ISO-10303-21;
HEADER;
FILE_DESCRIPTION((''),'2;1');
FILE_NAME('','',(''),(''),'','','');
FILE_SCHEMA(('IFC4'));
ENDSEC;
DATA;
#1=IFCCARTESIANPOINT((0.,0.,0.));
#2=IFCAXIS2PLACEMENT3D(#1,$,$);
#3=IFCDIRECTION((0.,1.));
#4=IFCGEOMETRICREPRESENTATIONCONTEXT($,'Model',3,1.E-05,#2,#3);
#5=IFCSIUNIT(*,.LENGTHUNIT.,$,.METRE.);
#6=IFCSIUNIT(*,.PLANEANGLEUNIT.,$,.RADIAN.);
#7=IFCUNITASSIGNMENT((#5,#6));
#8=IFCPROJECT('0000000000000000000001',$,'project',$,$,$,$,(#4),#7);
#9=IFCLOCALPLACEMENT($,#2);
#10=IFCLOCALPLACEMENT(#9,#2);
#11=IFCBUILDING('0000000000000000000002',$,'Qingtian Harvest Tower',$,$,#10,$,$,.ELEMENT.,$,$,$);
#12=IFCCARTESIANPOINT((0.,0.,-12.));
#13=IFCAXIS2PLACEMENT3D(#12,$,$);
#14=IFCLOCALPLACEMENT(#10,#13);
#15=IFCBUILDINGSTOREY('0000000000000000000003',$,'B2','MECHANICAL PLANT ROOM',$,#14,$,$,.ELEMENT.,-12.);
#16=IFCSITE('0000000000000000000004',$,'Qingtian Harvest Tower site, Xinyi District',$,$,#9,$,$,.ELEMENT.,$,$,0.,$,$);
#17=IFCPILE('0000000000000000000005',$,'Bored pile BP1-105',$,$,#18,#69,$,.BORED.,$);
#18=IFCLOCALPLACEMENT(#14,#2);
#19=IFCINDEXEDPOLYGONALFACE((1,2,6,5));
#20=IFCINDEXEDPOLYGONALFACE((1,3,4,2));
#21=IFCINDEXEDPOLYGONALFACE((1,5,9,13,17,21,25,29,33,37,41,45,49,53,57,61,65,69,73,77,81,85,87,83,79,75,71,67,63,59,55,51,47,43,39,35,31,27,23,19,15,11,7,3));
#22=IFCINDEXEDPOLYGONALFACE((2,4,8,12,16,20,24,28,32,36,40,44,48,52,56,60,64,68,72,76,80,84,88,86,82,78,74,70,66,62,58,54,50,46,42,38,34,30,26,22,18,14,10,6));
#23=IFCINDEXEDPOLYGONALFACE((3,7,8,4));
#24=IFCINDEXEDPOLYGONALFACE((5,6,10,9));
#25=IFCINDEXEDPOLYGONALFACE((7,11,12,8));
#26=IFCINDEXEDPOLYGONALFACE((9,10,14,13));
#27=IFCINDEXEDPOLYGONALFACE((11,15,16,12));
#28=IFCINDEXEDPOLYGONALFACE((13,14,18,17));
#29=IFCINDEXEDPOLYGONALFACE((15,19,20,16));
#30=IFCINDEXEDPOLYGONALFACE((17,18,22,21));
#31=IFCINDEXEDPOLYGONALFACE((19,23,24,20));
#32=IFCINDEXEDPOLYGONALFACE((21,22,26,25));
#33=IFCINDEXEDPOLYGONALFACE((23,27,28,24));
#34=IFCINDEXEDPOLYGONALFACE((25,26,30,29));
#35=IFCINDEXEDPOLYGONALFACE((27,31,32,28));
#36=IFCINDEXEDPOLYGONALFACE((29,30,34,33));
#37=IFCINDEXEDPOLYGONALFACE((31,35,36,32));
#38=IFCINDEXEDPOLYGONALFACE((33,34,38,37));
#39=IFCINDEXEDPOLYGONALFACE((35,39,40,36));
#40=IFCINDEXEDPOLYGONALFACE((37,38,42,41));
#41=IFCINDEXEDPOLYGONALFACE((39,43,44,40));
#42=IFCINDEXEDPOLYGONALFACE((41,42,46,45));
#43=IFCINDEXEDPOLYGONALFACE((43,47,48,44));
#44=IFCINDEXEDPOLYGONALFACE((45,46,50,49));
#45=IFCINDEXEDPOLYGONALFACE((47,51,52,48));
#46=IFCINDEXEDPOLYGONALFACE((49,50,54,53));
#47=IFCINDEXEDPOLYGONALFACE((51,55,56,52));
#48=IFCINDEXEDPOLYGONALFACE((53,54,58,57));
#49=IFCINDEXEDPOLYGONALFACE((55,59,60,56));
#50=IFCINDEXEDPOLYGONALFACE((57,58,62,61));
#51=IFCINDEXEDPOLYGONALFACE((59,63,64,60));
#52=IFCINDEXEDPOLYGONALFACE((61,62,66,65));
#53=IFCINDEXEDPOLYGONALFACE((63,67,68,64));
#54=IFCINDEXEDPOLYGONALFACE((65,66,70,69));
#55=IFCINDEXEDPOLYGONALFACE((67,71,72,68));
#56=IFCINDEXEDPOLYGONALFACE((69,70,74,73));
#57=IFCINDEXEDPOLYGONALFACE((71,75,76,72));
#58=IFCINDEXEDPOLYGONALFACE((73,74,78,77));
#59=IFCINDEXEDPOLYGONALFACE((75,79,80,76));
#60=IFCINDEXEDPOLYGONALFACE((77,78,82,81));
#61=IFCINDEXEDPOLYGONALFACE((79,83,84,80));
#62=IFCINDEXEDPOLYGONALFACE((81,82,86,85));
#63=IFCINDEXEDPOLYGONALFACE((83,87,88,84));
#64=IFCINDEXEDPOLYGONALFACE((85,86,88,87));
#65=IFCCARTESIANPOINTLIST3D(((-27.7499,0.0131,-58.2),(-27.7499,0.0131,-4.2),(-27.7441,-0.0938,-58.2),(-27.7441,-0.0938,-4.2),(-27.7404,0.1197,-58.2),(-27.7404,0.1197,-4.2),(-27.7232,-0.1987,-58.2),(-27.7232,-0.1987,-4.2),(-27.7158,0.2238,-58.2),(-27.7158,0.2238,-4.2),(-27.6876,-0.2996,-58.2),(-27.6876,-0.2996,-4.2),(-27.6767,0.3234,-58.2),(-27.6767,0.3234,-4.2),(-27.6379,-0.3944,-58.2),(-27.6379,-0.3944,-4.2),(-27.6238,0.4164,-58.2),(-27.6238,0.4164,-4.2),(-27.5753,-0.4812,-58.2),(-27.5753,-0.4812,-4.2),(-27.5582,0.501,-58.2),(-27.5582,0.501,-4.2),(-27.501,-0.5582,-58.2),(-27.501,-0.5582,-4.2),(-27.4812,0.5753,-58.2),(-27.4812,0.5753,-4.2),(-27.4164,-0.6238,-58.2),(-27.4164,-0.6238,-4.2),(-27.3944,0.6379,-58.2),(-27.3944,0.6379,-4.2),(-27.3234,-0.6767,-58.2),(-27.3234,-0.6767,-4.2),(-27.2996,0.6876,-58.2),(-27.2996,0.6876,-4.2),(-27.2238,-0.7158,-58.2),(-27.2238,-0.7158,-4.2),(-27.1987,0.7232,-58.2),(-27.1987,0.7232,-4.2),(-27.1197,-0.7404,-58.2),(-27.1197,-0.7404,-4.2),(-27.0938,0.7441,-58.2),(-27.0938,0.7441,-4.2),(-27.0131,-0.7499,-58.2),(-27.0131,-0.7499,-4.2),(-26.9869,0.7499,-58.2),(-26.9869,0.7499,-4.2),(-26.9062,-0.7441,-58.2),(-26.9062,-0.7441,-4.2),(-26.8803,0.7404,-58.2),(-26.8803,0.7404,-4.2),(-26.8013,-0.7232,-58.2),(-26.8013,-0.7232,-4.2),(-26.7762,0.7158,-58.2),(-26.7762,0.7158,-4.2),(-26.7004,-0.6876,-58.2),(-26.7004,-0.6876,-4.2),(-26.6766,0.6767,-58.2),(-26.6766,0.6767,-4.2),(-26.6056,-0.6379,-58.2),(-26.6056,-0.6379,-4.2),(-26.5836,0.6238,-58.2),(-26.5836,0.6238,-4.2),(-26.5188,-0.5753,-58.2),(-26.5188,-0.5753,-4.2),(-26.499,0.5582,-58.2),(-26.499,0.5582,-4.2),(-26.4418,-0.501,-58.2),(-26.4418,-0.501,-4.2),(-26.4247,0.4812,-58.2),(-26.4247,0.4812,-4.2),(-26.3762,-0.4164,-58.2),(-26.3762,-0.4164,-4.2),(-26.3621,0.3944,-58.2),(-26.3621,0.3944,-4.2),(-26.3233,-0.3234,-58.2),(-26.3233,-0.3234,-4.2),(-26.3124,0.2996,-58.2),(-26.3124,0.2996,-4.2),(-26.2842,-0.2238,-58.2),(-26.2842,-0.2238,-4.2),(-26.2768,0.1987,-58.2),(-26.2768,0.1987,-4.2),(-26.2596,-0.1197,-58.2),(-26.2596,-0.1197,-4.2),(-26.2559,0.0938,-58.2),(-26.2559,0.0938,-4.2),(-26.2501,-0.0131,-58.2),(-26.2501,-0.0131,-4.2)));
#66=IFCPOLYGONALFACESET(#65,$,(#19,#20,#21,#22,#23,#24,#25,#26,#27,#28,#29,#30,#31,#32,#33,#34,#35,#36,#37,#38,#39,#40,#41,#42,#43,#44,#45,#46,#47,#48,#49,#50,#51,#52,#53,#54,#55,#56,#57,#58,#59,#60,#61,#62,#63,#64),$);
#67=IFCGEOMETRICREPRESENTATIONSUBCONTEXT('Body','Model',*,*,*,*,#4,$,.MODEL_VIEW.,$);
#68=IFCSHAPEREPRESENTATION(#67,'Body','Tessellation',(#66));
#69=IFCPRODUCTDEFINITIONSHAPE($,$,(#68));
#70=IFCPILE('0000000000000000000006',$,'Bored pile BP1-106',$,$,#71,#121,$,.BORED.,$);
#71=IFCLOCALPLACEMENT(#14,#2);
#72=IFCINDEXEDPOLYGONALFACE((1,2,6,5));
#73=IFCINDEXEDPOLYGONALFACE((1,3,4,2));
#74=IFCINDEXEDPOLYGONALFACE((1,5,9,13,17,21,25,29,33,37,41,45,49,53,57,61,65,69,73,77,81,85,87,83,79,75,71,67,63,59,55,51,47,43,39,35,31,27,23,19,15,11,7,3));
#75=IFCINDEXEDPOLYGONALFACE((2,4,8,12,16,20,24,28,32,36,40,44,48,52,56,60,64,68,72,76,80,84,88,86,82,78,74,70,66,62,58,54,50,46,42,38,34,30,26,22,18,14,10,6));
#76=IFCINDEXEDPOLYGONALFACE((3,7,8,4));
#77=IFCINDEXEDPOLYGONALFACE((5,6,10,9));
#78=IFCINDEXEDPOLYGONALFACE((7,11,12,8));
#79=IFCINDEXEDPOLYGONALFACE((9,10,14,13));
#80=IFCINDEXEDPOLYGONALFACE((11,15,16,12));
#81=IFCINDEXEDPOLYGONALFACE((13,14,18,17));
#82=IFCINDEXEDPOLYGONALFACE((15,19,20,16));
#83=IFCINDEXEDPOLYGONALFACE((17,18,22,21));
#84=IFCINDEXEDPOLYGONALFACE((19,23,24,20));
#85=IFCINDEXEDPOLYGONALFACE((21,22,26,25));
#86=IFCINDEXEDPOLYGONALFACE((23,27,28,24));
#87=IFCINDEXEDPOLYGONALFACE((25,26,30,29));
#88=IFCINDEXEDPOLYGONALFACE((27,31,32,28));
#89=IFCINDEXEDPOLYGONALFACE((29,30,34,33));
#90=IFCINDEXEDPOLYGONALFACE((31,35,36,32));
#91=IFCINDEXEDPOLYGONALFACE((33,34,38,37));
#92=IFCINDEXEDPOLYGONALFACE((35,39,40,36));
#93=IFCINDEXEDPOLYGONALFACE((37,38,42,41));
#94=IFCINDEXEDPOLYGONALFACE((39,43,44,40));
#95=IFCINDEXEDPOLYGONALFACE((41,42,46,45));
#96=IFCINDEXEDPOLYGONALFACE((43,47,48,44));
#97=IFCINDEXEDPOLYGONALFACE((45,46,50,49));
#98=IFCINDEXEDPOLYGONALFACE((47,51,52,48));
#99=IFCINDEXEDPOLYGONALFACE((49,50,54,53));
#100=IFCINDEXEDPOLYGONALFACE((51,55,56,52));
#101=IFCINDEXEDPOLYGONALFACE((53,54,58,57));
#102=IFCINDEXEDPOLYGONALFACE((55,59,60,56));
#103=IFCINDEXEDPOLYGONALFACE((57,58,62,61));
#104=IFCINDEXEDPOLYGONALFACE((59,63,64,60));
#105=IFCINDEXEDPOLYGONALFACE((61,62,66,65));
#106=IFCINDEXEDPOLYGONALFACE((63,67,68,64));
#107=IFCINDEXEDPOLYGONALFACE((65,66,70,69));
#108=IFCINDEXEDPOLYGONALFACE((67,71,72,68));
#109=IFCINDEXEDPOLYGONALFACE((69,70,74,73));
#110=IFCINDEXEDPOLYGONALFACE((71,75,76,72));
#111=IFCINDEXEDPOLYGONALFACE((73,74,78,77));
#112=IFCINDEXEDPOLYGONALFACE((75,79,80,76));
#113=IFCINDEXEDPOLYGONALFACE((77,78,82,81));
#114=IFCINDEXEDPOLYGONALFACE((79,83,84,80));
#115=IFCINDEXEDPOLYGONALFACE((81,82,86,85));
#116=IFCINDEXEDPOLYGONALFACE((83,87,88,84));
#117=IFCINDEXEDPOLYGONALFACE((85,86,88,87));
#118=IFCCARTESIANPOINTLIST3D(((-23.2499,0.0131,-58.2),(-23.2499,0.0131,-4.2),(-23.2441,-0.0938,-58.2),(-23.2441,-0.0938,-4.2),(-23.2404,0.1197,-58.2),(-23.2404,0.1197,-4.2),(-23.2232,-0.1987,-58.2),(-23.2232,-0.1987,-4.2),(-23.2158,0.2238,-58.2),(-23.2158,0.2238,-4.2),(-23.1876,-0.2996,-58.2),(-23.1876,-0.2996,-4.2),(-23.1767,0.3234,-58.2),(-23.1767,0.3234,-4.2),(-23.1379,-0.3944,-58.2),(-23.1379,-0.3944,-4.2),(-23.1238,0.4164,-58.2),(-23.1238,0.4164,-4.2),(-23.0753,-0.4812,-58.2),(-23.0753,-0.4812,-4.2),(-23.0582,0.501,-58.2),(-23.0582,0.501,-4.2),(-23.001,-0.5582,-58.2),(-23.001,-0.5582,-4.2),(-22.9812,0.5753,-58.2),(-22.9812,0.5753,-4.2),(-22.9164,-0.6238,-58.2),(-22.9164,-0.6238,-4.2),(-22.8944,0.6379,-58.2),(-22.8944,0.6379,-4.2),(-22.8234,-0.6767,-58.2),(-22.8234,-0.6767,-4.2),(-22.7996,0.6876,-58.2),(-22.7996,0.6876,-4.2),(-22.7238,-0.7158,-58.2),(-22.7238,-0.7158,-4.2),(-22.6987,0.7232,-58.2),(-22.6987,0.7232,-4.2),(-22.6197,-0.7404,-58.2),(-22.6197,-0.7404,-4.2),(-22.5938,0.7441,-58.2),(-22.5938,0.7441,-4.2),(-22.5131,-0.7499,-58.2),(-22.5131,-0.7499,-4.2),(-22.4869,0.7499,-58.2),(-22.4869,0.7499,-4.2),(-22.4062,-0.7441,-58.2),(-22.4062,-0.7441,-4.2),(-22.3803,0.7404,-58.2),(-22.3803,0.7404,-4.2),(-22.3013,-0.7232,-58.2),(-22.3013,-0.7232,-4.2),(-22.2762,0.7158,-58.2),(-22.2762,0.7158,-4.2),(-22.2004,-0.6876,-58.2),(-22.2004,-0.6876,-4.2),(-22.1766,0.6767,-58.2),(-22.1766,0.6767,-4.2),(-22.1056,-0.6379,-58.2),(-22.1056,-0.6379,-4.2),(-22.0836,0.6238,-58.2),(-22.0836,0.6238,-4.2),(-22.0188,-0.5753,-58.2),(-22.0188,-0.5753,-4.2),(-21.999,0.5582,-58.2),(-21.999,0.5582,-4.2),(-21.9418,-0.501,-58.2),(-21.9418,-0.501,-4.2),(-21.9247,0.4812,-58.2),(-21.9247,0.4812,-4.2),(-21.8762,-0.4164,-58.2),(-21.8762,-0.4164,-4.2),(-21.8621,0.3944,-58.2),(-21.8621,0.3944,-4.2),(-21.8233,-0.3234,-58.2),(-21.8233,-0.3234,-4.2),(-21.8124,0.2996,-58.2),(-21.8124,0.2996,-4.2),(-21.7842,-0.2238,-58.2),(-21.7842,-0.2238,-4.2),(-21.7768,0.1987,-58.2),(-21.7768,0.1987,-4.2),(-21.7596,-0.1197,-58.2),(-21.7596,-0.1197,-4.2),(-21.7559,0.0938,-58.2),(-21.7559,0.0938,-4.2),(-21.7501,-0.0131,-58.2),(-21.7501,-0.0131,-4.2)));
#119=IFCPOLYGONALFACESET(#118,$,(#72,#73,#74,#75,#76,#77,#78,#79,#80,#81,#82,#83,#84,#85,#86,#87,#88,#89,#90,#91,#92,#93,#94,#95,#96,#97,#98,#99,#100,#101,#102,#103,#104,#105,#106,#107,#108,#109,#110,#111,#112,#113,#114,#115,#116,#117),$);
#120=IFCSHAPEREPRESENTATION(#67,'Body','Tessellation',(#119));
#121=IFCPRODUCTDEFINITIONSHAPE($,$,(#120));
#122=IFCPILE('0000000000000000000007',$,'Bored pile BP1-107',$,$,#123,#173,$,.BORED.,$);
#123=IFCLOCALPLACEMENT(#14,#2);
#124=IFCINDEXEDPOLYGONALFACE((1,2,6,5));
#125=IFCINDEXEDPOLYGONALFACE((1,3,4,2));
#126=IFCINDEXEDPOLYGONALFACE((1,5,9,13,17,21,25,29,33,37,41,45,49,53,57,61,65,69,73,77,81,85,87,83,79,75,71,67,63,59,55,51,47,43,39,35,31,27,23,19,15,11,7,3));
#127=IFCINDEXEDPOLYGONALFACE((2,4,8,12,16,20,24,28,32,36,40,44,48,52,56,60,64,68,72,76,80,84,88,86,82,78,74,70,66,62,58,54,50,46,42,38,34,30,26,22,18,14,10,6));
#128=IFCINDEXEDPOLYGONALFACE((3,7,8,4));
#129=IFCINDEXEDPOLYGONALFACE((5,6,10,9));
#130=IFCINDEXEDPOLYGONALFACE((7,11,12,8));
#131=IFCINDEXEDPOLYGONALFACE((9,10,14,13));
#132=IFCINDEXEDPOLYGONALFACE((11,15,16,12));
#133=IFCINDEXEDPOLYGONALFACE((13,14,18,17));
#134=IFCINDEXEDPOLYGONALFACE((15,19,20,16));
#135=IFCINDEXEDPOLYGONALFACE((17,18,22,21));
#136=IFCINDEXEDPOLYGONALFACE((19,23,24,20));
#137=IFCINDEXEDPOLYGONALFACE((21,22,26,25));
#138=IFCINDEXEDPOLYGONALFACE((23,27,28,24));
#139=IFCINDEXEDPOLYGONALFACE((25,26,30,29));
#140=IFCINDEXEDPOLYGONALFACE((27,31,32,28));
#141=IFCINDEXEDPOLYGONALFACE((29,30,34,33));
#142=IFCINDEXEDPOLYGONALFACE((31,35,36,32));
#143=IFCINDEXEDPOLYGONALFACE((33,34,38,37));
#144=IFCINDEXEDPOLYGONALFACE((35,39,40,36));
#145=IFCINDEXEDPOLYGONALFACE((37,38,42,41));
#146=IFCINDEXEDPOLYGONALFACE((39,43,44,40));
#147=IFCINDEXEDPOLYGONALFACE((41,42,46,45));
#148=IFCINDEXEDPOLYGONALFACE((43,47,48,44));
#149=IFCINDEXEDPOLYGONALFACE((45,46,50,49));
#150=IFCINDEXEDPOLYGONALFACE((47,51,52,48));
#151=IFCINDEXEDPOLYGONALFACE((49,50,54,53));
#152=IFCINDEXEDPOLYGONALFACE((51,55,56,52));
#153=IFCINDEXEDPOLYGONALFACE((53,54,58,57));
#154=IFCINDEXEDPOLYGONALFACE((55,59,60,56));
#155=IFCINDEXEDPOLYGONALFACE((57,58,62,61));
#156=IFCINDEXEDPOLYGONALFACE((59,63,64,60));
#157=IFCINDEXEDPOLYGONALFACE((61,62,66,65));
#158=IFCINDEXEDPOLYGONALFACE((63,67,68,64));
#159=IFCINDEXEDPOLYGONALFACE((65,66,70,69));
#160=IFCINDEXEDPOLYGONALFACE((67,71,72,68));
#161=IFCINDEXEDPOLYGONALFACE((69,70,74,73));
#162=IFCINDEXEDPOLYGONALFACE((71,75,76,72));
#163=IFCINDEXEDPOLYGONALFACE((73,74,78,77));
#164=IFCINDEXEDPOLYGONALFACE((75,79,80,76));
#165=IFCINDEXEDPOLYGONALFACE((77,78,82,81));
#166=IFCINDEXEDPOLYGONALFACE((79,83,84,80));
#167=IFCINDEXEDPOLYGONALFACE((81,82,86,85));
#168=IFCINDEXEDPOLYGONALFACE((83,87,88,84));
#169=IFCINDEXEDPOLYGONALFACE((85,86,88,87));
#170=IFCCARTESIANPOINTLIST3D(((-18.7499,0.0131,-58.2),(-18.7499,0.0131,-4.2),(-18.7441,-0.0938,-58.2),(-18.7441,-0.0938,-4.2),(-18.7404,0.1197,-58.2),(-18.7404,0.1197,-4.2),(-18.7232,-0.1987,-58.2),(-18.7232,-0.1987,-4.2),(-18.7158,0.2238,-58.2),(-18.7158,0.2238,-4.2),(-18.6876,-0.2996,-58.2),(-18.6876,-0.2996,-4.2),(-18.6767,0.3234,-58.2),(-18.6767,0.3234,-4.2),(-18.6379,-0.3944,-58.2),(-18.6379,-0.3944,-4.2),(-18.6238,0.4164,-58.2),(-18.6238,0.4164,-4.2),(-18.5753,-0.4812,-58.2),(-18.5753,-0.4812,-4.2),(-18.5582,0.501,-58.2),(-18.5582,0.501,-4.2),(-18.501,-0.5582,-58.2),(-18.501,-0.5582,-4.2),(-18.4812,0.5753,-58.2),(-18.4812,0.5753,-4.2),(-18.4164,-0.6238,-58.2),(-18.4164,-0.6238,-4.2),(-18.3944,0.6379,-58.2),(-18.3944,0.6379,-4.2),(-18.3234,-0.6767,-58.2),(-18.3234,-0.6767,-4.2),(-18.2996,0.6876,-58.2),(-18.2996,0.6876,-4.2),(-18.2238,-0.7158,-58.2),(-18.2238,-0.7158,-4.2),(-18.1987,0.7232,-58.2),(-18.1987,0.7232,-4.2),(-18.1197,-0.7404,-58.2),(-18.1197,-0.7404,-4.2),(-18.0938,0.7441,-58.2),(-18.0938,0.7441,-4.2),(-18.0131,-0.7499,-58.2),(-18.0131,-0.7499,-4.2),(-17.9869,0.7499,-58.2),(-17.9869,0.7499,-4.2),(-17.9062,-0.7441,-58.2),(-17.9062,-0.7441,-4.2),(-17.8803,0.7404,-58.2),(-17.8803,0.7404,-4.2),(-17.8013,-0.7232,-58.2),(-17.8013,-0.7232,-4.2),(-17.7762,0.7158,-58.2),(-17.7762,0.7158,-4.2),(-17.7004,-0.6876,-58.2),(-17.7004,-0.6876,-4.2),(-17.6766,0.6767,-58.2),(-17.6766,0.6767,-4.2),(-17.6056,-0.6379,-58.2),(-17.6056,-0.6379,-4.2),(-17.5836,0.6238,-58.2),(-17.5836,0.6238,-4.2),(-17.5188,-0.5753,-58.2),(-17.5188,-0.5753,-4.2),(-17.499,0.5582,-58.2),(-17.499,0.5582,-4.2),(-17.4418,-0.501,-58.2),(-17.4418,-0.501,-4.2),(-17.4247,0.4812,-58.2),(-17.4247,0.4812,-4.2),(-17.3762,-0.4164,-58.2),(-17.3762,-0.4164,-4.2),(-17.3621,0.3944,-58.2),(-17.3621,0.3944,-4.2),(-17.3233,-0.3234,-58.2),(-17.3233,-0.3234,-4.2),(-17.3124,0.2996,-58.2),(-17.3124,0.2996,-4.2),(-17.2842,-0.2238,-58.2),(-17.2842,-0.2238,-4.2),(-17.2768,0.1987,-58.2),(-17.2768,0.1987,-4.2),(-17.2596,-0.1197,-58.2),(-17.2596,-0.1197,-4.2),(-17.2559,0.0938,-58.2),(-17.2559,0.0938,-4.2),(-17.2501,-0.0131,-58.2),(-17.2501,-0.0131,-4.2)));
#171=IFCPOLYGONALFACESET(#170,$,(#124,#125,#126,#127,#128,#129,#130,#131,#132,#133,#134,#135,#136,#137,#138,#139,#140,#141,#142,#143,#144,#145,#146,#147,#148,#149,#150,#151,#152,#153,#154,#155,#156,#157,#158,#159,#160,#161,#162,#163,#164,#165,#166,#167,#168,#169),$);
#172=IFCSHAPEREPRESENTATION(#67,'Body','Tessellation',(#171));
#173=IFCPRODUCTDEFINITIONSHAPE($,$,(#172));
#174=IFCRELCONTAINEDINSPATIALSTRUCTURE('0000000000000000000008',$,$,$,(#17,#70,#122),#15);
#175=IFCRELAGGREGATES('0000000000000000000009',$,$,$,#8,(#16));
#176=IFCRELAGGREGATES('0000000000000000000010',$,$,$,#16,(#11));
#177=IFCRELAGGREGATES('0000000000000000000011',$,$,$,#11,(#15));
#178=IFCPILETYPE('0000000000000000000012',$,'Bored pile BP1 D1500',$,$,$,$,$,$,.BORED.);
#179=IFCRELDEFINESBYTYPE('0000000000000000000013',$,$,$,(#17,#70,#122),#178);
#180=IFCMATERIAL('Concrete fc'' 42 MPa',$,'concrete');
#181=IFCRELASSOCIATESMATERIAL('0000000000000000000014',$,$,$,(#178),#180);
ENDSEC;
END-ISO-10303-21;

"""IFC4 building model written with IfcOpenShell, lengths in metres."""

from ifc_helpers import new_model, si_unit, direction, frame, frame_2d, origin, place, context, subcontext, project, spatial, circle, extrude, material, material_profile, profile_set, type_object, element, save


model = new_model("IFC4")

# Units and contexts
model_context = context("Model", 3, precision=1e-05, world=origin(), true_north=direction((0.0, 1.0)))
body_context = subcontext(model_context, "Body", "Model", "MODEL_VIEW")
ifc_project = project(units=[si_unit("LENGTHUNIT", "METRE"), si_unit("PLANEANGLEUNIT", "RADIAN")], contexts=[model_context])

# Site, building, storey
site_placement = place(None, origin())
site = spatial("IfcSite", under=ifc_project, at=site_placement, Name="Qingtian Harvest Tower site, Xinyi District", CompositionType="ELEMENT", RefElevation=0.0)
building_placement = place(site_placement, origin())
building = spatial("IfcBuilding", under=site, at=building_placement, Name="Qingtian Harvest Tower", CompositionType="ELEMENT")
storey_placement = place(building_placement, frame((0.0, 0.0, -12.0)))
storey = spatial("IfcBuildingStorey", under=building, at=storey_placement, Name="B2", Description="MECHANICAL PLANT ROOM", CompositionType="ELEMENT", Elevation=-12.0)

# Piles
ifc_material_1 = material(Name="Concrete fc' 42 MPa", Category="concrete")
ifc_material_profile_1 = material_profile(ifc_material_1, circle(Radius=0.75, at=frame_2d((0.0, 0.0), x_axis=(0.999848, 0.017452))), Name="Bored pile BP1 D1500")
ifc_profile_set_1 = profile_set([ifc_material_profile_1], Name="Concrete fc' 42 MPa")
pile_type = type_object("IfcPileType", Name="Bored pile BP1 D1500", PredefinedType="BORED", material=ifc_profile_set_1)
for number, where, z_axis, x_axis, name in (
    (1, (-27.0, 0.0, -4.2), (0.0, 0.0, -1.0), (1.0, 0.0, 0.0), "Bored pile BP1-105"),
    (2, (-22.5, 0.0, -4.2), (0.0, 0.0, -1.0), (1.0, 0.0, 0.0), "Bored pile BP1-106"),
    (3, (-18.0, 0.0, -4.2), (0.0, 0.0, -1.0), (1.0, 0.0, 0.0), "Bored pile BP1-107"),
):
    element("IfcPile", number, at=place(storey_placement, frame(where, z_axis=z_axis, x_axis=x_axis)), inside=storey, type_object=pile_type, Name=name, PredefinedType="BORED", context=body_context, shape_type="SweptSolid", body=[
        extrude(circle(Radius=0.75, at=frame_2d((0.0, 0.0), x_axis=(0.999848, 0.017452))), origin(), (0.0, 0.0, 1.0), 54.0),
    ])

save(model, "model.ifc")
